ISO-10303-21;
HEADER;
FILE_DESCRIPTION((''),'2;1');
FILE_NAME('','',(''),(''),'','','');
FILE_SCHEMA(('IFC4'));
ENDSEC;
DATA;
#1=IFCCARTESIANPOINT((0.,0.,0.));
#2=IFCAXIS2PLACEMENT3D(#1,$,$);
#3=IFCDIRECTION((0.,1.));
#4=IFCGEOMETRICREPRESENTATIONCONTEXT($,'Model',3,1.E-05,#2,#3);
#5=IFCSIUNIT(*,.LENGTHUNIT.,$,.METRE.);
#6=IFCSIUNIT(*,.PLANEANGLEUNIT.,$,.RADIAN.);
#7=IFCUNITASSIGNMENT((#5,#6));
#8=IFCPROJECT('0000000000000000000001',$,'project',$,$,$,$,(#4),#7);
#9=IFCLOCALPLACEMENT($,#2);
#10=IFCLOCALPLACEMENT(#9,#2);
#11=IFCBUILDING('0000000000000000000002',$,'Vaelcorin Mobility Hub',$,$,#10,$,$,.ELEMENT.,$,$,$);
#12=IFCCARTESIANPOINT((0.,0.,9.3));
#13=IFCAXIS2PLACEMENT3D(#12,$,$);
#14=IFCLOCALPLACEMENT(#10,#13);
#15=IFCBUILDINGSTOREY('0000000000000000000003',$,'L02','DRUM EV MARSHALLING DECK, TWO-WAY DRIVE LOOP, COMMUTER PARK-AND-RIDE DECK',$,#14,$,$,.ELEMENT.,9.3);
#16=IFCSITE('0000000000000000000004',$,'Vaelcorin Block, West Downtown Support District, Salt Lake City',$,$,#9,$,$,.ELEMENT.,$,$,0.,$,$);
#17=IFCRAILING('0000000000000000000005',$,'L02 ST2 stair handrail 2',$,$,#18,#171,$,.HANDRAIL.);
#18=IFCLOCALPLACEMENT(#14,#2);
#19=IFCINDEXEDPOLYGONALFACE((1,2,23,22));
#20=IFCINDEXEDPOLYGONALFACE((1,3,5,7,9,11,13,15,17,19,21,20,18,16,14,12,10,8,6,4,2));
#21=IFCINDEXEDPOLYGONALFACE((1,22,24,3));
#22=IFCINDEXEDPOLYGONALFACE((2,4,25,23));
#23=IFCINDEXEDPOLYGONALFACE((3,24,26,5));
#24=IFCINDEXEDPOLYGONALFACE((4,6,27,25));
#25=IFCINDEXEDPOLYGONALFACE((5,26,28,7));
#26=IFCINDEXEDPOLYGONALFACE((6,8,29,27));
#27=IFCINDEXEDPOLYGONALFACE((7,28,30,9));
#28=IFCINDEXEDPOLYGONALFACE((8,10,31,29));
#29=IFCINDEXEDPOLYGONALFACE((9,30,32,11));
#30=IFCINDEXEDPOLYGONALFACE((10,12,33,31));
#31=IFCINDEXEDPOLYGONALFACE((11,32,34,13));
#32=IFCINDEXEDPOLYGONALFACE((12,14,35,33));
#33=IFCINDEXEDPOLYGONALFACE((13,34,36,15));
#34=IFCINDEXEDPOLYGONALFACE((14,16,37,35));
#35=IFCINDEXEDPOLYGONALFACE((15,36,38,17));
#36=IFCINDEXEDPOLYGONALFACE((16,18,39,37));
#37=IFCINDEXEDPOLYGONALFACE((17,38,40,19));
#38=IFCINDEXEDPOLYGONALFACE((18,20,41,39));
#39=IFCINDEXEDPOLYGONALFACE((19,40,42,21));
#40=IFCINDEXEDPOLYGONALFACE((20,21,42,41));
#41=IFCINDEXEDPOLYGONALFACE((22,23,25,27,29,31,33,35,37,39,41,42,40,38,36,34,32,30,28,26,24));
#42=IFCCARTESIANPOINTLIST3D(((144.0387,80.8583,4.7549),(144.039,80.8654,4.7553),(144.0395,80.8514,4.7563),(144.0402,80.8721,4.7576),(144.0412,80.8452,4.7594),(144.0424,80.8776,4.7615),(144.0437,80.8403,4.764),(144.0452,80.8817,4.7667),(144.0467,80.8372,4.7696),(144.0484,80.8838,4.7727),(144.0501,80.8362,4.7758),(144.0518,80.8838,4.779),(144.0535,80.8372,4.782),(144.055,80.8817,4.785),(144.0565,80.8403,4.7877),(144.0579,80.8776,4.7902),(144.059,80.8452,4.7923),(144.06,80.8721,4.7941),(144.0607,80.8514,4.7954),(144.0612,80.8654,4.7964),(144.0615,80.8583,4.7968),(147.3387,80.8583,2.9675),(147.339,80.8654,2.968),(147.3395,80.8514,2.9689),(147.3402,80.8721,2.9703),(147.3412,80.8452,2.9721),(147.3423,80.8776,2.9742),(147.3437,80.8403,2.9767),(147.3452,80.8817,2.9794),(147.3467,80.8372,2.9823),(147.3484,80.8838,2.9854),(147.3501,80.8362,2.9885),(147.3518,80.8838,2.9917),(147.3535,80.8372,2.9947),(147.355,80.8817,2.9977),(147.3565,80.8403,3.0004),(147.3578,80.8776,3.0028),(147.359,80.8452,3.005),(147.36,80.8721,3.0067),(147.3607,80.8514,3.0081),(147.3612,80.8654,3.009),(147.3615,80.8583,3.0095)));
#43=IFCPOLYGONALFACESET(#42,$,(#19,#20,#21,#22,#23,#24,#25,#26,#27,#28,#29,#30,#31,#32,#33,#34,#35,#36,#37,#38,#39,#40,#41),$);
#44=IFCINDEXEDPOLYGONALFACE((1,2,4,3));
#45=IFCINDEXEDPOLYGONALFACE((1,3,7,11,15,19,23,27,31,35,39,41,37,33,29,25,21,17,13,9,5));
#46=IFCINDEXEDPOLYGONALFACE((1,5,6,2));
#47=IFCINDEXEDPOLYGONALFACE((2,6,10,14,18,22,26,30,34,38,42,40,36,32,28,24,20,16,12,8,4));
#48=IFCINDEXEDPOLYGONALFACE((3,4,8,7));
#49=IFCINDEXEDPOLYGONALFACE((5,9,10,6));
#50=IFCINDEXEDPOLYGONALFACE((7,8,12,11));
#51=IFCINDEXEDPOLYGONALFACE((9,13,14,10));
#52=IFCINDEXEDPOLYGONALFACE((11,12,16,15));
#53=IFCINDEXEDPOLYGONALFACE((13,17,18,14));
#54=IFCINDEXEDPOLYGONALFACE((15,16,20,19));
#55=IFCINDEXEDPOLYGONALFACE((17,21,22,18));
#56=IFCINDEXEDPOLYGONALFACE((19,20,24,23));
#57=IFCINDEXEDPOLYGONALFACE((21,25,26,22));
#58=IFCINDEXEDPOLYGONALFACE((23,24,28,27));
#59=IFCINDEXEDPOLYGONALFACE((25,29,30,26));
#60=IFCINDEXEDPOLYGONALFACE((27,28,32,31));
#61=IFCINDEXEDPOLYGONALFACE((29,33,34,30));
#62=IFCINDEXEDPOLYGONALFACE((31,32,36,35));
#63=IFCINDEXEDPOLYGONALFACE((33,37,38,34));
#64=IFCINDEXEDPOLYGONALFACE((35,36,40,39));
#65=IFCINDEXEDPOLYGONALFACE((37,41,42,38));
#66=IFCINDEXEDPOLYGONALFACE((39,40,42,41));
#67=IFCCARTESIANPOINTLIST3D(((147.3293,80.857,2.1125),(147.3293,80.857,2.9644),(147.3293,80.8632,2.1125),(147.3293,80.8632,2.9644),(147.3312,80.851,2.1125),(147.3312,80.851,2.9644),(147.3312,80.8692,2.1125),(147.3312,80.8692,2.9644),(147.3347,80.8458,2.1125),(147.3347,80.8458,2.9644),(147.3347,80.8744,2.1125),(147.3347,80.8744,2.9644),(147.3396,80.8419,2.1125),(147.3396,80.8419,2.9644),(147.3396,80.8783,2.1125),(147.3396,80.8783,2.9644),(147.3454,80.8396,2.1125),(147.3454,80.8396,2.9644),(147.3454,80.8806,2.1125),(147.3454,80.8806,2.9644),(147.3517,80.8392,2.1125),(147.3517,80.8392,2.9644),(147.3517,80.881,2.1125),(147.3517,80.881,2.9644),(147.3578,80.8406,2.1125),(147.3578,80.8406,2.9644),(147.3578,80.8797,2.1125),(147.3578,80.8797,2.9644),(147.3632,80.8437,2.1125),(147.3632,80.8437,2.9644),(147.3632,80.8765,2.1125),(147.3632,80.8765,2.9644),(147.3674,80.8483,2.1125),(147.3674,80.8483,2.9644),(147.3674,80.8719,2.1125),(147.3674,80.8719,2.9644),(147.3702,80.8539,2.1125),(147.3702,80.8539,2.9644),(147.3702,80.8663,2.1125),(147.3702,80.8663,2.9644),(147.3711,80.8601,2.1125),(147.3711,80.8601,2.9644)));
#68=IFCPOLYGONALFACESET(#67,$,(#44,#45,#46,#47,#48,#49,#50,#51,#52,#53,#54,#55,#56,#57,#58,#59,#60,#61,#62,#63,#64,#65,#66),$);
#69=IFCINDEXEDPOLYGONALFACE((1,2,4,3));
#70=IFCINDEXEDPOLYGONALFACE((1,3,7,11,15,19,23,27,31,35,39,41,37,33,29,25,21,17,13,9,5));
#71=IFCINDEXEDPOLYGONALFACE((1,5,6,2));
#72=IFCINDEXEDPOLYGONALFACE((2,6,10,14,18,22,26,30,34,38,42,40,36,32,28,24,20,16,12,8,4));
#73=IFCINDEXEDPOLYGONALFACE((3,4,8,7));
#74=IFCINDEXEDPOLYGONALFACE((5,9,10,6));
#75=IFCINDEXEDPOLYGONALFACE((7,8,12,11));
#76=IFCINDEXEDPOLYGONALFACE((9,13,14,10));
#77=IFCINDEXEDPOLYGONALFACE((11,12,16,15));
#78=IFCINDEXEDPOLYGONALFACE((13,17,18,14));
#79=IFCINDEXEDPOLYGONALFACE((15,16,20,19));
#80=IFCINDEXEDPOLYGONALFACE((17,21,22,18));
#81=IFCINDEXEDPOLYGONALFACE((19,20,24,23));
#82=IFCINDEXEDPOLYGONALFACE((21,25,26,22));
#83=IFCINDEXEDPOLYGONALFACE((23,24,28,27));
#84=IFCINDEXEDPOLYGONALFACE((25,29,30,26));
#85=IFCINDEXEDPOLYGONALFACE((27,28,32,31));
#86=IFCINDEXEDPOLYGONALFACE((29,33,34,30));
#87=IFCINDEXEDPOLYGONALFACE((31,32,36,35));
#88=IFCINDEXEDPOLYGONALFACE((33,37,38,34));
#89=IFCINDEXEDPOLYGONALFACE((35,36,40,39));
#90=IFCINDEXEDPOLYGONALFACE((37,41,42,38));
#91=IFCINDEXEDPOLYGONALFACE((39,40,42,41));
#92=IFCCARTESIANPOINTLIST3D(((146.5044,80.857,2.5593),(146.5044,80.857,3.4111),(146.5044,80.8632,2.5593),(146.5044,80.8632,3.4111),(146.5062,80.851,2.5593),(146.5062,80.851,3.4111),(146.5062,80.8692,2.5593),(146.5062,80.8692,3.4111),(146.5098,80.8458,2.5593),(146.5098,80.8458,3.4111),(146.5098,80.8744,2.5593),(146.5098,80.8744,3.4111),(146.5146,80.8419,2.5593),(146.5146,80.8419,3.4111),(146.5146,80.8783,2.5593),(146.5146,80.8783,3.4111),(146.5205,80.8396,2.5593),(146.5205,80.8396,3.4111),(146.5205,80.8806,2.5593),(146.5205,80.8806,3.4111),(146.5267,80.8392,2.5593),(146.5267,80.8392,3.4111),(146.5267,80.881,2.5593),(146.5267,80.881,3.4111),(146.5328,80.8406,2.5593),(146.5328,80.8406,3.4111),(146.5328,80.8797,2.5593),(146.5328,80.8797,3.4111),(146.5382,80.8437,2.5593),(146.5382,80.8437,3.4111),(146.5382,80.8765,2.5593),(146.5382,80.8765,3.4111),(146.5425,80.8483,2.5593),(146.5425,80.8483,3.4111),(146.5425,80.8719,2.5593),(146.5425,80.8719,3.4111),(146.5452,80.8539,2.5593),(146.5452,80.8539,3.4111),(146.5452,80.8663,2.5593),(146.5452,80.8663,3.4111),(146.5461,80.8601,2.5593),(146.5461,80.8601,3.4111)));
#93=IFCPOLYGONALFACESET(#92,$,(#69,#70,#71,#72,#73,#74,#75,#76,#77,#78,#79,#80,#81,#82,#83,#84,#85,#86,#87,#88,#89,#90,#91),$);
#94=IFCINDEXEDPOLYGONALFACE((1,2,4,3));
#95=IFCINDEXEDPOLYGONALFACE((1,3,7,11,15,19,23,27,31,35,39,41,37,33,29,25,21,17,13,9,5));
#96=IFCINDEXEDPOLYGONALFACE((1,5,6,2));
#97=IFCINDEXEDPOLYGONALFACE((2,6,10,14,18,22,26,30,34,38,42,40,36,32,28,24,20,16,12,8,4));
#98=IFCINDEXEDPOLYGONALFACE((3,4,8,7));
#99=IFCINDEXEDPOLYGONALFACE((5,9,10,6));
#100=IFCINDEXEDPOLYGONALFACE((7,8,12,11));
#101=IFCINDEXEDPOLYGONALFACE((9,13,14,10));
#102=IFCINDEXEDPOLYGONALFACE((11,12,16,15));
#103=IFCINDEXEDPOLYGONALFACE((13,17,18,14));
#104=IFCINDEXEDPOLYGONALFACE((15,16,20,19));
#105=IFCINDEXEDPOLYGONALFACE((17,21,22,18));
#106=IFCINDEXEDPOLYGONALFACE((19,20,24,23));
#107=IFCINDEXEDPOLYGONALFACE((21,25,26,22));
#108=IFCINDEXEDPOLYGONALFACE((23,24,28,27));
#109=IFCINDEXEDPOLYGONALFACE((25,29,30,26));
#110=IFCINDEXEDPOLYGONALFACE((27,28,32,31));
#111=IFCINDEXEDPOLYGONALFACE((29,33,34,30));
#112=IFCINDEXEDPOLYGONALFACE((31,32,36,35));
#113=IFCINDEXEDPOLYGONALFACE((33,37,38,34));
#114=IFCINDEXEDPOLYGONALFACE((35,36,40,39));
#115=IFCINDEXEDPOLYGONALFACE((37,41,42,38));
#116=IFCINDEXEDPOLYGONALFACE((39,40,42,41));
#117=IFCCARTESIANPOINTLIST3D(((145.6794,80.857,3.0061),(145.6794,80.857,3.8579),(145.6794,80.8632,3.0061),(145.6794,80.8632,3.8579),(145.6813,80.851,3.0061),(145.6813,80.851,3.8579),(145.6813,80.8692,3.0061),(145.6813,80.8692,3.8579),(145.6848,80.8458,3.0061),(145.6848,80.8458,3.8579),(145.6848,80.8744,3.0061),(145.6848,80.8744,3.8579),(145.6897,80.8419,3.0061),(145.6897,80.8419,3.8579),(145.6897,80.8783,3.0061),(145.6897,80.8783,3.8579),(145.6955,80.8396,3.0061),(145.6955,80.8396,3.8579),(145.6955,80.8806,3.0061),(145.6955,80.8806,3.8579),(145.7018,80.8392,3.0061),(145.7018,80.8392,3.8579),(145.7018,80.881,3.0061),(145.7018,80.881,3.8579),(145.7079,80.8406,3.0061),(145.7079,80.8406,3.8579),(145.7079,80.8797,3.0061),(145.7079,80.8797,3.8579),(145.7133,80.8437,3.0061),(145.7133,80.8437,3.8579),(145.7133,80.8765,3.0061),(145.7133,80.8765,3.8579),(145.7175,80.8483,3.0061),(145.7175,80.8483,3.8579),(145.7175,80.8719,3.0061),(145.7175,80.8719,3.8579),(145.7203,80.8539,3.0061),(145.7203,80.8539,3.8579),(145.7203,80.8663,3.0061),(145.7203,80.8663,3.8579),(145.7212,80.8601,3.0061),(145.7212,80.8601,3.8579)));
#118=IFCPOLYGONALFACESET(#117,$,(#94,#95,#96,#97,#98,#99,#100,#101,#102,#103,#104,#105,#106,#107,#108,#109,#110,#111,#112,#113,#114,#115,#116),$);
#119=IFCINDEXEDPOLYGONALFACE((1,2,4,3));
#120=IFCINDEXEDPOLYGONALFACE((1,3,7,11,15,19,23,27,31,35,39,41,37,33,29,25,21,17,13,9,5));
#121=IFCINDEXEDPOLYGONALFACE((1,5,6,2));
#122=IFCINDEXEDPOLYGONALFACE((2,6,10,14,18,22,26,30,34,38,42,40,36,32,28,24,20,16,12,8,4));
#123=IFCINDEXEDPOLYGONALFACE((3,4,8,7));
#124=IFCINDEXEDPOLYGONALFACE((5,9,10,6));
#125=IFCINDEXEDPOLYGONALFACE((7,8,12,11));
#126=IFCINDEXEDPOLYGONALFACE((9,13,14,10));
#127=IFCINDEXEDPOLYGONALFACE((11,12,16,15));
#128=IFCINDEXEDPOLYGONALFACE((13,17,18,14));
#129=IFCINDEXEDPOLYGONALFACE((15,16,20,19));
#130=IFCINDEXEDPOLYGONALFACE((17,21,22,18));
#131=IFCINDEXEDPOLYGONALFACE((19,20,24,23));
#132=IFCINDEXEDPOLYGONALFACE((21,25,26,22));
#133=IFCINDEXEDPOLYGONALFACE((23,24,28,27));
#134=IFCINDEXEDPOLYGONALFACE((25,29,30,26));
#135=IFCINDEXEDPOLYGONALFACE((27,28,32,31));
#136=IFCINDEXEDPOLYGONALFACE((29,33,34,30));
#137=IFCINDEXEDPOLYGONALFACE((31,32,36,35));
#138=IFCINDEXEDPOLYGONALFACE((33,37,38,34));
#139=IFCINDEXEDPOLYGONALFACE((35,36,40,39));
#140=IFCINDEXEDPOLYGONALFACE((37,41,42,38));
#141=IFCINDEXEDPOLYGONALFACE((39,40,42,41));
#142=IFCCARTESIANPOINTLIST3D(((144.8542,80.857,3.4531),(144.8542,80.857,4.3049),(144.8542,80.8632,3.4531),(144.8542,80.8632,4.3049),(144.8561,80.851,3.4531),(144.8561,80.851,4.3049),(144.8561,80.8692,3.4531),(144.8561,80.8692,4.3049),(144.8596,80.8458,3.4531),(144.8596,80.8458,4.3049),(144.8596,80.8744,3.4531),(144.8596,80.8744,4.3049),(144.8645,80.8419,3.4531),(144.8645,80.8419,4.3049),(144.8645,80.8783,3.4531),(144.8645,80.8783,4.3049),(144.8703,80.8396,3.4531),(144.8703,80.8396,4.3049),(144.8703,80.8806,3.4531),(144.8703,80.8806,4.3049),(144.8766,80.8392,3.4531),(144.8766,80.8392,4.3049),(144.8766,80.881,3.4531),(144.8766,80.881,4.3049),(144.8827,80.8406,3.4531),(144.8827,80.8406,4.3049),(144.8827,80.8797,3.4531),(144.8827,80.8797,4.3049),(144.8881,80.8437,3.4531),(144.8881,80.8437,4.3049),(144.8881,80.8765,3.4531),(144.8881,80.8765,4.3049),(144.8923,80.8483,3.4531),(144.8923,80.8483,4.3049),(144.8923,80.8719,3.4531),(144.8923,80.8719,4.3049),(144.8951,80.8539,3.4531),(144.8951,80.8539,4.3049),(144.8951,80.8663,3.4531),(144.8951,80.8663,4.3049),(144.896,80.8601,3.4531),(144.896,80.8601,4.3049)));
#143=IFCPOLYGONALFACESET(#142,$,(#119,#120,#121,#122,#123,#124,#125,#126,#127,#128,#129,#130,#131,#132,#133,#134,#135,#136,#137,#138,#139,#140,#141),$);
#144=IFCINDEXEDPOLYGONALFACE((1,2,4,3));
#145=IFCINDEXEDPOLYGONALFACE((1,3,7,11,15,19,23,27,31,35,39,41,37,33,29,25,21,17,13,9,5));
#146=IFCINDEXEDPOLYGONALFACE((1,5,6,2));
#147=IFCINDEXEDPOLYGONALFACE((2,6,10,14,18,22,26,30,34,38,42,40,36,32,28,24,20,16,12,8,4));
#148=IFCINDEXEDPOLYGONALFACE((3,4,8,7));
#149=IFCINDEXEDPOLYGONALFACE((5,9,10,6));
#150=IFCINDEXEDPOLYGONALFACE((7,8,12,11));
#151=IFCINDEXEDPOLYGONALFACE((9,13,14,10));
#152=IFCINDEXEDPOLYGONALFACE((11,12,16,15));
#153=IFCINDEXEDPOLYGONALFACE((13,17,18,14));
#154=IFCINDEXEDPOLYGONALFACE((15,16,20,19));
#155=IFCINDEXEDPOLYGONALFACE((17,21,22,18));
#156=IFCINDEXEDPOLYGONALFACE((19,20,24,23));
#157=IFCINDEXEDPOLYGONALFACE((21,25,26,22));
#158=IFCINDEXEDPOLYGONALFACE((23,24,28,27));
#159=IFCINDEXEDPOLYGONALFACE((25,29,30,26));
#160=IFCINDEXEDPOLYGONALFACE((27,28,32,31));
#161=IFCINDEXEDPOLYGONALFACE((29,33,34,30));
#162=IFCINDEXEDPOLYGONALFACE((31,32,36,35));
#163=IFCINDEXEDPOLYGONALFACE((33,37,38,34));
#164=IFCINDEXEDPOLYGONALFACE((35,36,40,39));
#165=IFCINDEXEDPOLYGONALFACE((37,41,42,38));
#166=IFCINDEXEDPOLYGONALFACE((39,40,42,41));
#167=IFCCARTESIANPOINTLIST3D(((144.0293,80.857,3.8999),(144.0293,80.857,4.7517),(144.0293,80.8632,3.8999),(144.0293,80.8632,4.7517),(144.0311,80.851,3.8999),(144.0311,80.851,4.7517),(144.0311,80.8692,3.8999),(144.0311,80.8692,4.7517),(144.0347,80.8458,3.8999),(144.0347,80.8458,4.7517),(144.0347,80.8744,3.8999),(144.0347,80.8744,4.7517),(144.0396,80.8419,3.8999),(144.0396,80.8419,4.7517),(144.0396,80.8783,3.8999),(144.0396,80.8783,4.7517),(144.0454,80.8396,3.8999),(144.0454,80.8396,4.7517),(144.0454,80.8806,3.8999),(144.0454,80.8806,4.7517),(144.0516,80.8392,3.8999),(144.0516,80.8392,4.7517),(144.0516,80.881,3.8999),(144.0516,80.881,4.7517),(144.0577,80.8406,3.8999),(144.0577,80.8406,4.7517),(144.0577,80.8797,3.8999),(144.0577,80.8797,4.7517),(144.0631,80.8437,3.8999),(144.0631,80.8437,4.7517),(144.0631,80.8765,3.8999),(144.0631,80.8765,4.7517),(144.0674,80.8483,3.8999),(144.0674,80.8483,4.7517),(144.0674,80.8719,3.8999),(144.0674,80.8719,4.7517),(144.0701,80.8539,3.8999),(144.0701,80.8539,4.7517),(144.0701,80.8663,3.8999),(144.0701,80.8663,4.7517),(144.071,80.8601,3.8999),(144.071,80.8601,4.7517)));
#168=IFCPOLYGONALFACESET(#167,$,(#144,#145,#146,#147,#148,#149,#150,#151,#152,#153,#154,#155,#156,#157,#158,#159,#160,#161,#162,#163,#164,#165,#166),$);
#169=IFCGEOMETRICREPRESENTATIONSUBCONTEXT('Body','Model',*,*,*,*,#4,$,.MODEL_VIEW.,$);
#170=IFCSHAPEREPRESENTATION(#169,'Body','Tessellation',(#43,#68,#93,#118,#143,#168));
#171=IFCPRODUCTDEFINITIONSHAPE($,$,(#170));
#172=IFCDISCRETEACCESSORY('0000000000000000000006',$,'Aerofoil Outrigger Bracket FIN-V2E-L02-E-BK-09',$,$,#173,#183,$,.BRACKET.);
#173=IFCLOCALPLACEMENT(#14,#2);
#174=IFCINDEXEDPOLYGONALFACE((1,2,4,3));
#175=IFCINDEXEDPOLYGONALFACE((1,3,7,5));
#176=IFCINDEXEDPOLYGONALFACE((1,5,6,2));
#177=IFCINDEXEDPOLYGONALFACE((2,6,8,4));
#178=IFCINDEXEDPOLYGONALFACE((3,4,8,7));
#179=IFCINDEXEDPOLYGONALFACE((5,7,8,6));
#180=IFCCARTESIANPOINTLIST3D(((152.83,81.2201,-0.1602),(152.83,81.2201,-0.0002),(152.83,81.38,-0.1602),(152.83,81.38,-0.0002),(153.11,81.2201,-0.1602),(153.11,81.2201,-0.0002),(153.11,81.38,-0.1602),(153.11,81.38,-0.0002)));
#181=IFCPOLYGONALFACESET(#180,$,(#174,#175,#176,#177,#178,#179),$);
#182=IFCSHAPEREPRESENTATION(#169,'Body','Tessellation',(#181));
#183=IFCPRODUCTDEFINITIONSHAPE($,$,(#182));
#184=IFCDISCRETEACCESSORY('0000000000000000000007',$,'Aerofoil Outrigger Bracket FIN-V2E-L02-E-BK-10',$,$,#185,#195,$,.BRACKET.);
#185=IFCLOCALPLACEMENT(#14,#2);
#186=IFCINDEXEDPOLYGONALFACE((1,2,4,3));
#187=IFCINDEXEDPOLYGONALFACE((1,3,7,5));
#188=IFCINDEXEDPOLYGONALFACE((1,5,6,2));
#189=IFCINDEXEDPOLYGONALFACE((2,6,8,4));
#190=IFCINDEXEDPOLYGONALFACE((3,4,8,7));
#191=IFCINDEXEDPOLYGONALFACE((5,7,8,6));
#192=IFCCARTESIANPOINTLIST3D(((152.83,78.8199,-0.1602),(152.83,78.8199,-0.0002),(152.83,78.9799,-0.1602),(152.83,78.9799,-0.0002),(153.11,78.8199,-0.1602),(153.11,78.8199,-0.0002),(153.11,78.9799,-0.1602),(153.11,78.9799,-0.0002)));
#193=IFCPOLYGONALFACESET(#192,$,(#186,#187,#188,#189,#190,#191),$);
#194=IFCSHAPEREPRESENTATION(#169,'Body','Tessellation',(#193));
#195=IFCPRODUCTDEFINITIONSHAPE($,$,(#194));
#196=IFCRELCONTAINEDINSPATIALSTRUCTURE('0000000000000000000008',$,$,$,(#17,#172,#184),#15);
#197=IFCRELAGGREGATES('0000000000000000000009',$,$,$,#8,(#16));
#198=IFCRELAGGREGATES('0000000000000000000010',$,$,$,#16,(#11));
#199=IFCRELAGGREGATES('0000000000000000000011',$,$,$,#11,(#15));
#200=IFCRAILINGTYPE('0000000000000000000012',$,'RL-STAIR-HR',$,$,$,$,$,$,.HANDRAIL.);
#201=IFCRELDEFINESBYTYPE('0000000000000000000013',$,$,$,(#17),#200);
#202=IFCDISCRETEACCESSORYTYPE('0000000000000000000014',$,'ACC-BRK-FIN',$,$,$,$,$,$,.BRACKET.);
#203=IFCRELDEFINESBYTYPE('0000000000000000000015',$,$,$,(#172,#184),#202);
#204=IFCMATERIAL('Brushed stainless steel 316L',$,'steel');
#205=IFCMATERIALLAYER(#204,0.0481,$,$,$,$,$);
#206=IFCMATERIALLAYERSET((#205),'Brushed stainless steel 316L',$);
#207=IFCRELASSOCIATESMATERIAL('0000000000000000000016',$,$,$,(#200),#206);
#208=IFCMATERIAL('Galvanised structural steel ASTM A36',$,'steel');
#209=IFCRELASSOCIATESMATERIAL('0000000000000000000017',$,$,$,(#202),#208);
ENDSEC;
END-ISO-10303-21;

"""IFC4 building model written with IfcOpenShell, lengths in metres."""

from ifc_helpers import new_model, si_unit, direction, frame, origin, origin_2d, place, context, subcontext, project, spatial, rectangle, circle, extrude, material, layer, layer_set, type_object, element, save


model = new_model("IFC4")

# Units and contexts
model_context = context("Model", 3, precision=1e-05, world=origin(), true_north=direction((0.0, 1.0)))
body_context = subcontext(model_context, "Body", "Model", "MODEL_VIEW")
ifc_project = project(units=[si_unit("LENGTHUNIT", "METRE"), si_unit("PLANEANGLEUNIT", "RADIAN")], contexts=[model_context])

# Site, building, storey
site_placement = place(None, origin())
site = spatial("IfcSite", under=ifc_project, at=site_placement, Name="Vaelcorin Block, West Downtown Support District, Salt Lake City", CompositionType="ELEMENT", RefElevation=0.0)
building_placement = place(site_placement, origin())
building = spatial("IfcBuilding", under=site, at=building_placement, Name="Vaelcorin Mobility Hub", CompositionType="ELEMENT")
storey_placement = place(building_placement, frame((0.0, 0.0, 9.3)))
storey = spatial("IfcBuildingStorey", under=building, at=storey_placement, Name="L02", Description="DRUM EV MARSHALLING DECK, TWO-WAY DRIVE LOOP, COMMUTER PARK-AND-RIDE DECK", CompositionType="ELEMENT", Elevation=9.3)

# Railing
ifc_material_1 = material(Name="Galvanised structural steel ASTM A36", Category="steel")
ifc_material_2 = material(Name="Brushed stainless steel 316L", Category="steel")
ifc_layer_1 = layer(ifc_material_2, 0.0481)
ifc_layer_set_1 = layer_set([ifc_layer_1], Name="Brushed stainless steel 316L")
railing_type_1 = type_object("IfcRailingType", Name="RL-STAIR-HR", PredefinedType="HANDRAIL", material=ifc_layer_set_1)
railing_1_placement = place(storey_placement, frame((147.3501, 80.8601, 2.1125)))
element("IfcRailing", 1, at=railing_1_placement, inside=storey, type_object=railing_type_1, Name="L02 ST2 stair handrail 2", PredefinedType="HANDRAIL", context=body_context, shape_type="SweptSolid", body=[
    extrude(circle(Radius=0.0239, at=origin_2d()), frame((0.0, 0.0, 0.876), z_axis=(-0.879311, 0.0, 0.476248), x_axis=(0.0, -1.0, 0.0)), (0.0, 0.0, 1.0), 3.7529),
    extrude(circle(Radius=0.021, at=origin_2d()), origin(), (0.0, 0.0, 1.0), 0.8518),
    extrude(circle(Radius=0.021, at=origin_2d()), frame((-0.825, 0.0, 0.4468)), (0.0, 0.0, 1.0), 0.8518),
    extrude(circle(Radius=0.021, at=origin_2d()), frame((-1.6499, 0.0, 0.8936)), (0.0, 0.0, 1.0), 0.8518),
    extrude(circle(Radius=0.021, at=origin_2d()), frame((-2.4751, 0.0, 1.3406)), (0.0, 0.0, 1.0), 0.8518),
    extrude(circle(Radius=0.021, at=origin_2d()), frame((-3.3, 0.0, 1.7874)), (0.0, 0.0, 1.0), 0.8518),
])

# Discrete accessories
discrete_accessory_type = type_object("IfcDiscreteAccessoryType", Name="ACC-BRK-FIN", PredefinedType="BRACKET", material=ifc_material_1)
for number, where, z_axis, x_axis, name in (
    (2, (152.97, 81.3, -0.1602), (0.0, 0.0, 1.0), (1.0, 0.0, 0.0), "Aerofoil Outrigger Bracket FIN-V2E-L02-E-BK-09"),
    (3, (152.97, 78.8999, -0.1602), (0.0, 0.0, 1.0), (1.0, 0.0, 0.0), "Aerofoil Outrigger Bracket FIN-V2E-L02-E-BK-10"),
):
    element("IfcDiscreteAccessory", number, at=place(storey_placement, frame(where, z_axis=z_axis, x_axis=x_axis)), inside=storey, type_object=discrete_accessory_type, Name=name, PredefinedType="BRACKET", context=body_context, shape_type="SweptSolid", body=[
        extrude(rectangle(XDim=0.28, YDim=0.1599, at=origin_2d()), origin(), (0.0, 0.0, 1.0), 0.1599),
    ])

save(model, "model.ifc")
